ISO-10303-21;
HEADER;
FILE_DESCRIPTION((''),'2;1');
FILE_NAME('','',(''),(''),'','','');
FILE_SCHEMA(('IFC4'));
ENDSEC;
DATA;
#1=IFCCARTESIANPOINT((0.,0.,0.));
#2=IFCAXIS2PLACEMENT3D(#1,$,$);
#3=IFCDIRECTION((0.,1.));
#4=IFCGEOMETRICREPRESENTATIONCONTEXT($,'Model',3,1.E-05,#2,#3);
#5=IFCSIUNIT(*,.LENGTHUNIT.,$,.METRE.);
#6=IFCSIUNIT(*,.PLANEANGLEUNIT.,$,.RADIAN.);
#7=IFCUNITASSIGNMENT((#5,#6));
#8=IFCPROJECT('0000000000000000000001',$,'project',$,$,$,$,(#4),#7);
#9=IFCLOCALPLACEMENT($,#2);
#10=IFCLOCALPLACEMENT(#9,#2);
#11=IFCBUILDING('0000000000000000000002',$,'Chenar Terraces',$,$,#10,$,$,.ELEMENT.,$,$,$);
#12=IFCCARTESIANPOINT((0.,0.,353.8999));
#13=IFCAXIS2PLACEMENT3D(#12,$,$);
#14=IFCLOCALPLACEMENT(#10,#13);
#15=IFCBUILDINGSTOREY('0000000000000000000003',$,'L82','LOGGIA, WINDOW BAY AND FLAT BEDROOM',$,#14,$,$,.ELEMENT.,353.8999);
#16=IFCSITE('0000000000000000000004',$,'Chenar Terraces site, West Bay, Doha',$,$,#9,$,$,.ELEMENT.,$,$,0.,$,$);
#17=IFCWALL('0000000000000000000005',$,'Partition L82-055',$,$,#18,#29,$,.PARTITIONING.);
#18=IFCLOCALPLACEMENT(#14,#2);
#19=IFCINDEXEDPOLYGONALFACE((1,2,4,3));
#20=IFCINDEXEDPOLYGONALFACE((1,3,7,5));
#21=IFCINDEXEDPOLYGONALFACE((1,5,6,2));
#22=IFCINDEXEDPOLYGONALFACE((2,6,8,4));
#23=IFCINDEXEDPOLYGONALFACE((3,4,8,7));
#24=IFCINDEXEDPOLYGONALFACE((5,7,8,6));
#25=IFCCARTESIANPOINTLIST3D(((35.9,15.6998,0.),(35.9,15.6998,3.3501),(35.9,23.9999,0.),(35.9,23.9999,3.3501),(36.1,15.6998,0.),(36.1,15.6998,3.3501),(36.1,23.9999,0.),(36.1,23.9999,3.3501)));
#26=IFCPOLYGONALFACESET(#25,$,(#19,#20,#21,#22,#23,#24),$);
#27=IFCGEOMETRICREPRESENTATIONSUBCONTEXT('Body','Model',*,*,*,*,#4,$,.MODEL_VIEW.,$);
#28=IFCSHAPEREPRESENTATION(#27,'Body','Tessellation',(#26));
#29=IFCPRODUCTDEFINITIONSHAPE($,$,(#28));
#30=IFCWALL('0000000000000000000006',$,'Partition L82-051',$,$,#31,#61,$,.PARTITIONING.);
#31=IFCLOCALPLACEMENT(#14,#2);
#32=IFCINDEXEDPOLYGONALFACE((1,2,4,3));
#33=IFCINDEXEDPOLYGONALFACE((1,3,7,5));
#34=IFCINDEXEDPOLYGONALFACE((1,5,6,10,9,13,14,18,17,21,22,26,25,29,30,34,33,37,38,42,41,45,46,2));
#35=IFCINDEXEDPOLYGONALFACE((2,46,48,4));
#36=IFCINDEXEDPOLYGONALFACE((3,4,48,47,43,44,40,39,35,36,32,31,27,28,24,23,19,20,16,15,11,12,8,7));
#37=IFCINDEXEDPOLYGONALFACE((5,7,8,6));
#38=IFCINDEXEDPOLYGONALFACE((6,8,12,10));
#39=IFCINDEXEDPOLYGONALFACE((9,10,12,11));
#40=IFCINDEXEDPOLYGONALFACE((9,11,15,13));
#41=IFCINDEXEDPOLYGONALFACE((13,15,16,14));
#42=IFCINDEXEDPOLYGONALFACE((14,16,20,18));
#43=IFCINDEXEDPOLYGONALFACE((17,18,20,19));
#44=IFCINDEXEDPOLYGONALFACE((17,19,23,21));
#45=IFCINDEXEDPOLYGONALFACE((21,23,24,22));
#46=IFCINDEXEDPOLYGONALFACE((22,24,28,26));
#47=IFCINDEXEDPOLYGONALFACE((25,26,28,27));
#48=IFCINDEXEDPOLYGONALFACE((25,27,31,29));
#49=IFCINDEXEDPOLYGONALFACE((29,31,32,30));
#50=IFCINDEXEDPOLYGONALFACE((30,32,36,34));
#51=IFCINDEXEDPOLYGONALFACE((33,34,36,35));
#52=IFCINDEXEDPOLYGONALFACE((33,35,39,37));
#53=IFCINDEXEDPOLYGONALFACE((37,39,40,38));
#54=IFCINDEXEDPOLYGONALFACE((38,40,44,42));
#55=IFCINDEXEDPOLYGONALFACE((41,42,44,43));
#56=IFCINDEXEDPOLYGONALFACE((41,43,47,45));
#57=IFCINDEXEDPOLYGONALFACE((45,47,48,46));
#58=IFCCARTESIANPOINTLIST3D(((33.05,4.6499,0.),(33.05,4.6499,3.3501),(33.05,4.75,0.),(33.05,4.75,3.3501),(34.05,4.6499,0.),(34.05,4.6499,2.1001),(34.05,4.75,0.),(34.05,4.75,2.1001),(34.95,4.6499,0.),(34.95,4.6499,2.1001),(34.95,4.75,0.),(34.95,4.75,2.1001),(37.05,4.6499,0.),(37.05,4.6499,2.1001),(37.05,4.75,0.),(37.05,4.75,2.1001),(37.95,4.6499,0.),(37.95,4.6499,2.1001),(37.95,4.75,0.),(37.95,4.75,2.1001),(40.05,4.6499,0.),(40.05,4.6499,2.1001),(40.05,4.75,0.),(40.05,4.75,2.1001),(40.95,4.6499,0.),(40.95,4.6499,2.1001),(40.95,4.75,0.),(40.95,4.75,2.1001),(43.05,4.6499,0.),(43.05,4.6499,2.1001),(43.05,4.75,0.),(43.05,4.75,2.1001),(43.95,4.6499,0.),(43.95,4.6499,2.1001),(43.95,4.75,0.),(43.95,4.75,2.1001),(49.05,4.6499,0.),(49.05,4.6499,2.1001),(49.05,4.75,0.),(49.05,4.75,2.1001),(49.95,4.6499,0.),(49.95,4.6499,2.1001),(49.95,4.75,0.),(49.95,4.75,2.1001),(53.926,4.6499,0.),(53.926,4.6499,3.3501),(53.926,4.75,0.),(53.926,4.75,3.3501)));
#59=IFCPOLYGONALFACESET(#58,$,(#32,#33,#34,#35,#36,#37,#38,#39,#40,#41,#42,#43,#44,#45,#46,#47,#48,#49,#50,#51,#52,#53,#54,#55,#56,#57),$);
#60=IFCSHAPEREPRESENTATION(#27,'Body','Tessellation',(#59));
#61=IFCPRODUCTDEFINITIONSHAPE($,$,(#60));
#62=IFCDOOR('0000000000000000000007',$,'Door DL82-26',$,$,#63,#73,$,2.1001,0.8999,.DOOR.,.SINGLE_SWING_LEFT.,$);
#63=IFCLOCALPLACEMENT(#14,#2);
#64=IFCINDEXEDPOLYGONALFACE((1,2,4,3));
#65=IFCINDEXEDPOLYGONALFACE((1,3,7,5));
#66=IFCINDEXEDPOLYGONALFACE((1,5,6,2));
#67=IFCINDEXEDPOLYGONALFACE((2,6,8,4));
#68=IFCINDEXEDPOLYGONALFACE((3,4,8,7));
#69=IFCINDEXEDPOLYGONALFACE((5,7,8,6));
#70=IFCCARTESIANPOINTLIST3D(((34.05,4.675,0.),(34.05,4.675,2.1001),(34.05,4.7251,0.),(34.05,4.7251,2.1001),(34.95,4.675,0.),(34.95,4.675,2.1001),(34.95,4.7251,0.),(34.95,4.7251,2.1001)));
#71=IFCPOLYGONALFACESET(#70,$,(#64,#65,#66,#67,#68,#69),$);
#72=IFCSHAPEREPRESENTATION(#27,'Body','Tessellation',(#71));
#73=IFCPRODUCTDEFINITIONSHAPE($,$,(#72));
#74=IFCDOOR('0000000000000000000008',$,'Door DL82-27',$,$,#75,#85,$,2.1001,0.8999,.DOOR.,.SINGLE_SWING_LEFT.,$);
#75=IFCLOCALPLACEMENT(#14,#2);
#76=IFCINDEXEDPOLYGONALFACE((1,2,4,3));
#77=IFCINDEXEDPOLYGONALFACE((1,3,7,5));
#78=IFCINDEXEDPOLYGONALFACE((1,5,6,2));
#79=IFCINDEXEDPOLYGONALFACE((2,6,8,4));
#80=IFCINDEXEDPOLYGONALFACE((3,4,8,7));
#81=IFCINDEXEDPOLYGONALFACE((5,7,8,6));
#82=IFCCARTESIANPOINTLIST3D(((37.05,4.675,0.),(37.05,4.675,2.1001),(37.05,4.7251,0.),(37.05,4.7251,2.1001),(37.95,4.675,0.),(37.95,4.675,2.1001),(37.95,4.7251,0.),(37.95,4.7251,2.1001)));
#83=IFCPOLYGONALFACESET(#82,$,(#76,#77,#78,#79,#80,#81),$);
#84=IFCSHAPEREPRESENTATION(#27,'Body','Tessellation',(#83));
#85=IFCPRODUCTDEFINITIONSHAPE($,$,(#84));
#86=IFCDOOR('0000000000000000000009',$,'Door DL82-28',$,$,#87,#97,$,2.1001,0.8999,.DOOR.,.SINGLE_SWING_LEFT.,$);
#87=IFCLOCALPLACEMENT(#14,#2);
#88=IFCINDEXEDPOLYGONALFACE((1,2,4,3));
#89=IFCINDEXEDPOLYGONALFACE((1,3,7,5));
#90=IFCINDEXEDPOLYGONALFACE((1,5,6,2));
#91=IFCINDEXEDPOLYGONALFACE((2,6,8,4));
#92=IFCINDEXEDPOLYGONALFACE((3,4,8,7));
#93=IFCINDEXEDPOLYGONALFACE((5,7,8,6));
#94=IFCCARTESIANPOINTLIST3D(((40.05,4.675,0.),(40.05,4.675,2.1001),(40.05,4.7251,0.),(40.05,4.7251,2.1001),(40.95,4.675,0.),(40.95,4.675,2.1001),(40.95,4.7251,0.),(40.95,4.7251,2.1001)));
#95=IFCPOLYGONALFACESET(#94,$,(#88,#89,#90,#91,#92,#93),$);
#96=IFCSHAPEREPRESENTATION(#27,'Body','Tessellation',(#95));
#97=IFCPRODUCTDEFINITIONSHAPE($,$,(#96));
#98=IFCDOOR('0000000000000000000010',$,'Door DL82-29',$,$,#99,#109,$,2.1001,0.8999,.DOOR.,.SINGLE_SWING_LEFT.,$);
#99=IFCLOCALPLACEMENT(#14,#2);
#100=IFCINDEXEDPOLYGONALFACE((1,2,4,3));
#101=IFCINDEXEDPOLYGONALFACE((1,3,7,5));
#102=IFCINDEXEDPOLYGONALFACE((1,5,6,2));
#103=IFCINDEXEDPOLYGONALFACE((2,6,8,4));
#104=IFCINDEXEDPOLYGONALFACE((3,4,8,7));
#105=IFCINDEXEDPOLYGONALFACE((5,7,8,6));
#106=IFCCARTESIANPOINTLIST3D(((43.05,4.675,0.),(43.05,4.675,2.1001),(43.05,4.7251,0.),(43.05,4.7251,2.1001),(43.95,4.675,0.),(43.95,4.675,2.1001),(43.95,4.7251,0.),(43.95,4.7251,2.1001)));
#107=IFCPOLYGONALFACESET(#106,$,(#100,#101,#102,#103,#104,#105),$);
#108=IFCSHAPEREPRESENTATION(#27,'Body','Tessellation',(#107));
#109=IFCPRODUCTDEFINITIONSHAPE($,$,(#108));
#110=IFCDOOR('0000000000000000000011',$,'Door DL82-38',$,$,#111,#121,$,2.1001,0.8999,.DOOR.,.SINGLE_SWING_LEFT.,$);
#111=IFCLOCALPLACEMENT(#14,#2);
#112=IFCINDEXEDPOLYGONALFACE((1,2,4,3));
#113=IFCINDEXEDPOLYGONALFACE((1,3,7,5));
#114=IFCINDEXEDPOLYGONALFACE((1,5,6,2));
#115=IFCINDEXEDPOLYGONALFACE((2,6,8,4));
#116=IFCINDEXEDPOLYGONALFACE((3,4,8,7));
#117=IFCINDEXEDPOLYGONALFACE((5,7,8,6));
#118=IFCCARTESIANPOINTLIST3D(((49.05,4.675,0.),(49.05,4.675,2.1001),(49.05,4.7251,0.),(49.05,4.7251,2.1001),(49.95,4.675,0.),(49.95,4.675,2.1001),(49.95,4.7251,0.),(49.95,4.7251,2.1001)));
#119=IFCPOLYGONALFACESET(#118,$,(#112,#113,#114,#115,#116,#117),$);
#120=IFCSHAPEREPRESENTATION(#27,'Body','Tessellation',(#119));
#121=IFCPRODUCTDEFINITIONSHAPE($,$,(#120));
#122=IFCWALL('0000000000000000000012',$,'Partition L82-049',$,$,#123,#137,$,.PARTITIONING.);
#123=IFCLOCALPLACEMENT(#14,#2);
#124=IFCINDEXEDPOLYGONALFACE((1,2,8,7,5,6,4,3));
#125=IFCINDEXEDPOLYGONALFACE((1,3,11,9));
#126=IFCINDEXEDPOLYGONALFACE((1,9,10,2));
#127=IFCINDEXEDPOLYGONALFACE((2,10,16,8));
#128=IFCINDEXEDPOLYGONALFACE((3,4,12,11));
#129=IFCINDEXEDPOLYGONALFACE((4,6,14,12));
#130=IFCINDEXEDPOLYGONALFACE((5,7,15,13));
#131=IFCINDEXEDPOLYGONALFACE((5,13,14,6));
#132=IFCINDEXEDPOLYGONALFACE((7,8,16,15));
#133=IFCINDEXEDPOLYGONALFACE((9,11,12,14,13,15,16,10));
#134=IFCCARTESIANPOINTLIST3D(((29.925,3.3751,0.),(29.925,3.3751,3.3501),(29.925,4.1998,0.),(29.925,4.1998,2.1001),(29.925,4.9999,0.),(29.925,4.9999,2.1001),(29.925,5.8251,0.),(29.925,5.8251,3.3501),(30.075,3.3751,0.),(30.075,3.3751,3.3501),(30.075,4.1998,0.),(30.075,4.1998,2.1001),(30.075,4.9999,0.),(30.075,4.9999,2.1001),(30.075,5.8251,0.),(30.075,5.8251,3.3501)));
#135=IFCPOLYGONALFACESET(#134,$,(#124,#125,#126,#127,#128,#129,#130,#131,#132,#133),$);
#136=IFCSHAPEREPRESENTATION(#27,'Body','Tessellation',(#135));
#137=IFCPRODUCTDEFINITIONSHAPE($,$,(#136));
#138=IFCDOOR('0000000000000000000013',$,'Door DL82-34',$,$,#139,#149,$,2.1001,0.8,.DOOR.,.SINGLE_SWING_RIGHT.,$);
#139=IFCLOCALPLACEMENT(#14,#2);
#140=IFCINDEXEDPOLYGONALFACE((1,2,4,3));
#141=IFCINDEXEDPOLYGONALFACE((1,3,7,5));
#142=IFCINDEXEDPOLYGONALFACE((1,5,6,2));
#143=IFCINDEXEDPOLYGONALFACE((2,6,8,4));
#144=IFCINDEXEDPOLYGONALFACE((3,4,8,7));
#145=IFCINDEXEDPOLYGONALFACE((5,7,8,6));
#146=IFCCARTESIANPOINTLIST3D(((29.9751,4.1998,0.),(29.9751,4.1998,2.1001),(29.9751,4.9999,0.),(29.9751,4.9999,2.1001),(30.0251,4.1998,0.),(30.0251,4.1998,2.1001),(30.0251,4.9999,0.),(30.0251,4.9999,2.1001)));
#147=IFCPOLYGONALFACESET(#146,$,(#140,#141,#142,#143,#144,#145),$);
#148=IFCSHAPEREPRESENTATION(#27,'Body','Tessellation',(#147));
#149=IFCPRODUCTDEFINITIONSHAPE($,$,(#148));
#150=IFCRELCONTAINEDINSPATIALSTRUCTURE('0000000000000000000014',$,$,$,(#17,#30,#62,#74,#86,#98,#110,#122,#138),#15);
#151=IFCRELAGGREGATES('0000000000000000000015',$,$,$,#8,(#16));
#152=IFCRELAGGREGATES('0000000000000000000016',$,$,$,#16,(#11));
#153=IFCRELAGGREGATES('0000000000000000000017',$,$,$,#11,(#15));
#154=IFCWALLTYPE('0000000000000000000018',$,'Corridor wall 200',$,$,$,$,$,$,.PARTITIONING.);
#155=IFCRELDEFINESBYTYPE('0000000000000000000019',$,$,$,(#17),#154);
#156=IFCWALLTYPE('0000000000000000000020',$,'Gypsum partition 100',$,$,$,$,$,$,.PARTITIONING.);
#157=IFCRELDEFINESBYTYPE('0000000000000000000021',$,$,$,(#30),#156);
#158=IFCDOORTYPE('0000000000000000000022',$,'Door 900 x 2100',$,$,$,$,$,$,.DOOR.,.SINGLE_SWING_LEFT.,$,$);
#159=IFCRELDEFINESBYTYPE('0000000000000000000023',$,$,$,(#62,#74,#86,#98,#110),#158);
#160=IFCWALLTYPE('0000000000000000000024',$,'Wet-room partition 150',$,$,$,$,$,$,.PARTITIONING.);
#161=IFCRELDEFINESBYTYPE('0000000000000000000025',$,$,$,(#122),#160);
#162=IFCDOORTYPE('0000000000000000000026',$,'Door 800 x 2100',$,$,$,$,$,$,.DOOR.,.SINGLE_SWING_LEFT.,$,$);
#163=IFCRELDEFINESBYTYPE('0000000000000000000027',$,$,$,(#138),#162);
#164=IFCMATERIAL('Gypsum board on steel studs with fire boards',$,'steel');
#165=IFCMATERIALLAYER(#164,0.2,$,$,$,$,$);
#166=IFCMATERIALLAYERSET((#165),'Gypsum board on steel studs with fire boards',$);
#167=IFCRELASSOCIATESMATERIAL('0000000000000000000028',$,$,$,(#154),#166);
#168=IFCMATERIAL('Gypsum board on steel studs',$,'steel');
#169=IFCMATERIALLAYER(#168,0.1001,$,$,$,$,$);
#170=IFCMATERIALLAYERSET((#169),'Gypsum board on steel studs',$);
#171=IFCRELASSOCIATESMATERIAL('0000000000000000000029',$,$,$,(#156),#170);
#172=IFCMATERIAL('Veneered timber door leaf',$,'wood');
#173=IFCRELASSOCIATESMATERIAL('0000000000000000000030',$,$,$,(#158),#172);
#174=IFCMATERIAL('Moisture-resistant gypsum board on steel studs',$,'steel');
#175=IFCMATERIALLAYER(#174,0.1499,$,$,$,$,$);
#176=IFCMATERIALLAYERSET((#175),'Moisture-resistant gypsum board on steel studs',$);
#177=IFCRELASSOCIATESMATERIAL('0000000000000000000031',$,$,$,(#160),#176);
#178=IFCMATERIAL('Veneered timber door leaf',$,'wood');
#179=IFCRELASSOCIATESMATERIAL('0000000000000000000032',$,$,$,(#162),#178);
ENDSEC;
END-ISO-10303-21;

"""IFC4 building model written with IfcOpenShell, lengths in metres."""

from ifc_helpers import new_model, si_unit, direction, frame, frame_2d, origin, place, context, subcontext, project, spatial, rectangle, extrude, material, layer, layer_set, type_object, element, fill, save


model = new_model("IFC4")

# Units and contexts
model_context = context("Model", 3, precision=1e-05, world=origin(), true_north=direction((0.0, 1.0)))
body_context = subcontext(model_context, "Body", "Model", "MODEL_VIEW")
ifc_project = project(units=[si_unit("LENGTHUNIT", "METRE"), si_unit("PLANEANGLEUNIT", "RADIAN")], contexts=[model_context])

# Site, building, storey
site_placement = place(None, origin())
site = spatial("IfcSite", under=ifc_project, at=site_placement, Name="Chenar Terraces site, West Bay, Doha", CompositionType="ELEMENT", RefElevation=0.0)
building_placement = place(site_placement, origin())
building = spatial("IfcBuilding", under=site, at=building_placement, Name="Chenar Terraces", CompositionType="ELEMENT")
storey_placement = place(building_placement, frame((0.0, 0.0, 353.8999)))
storey = spatial("IfcBuildingStorey", under=building, at=storey_placement, Name="L82", Description="LOGGIA, WINDOW BAY AND FLAT BEDROOM", CompositionType="ELEMENT", Elevation=353.8999)

# Shared definitions
ifc_material_1 = material(Name="Gypsum board on steel studs with fire boards", Category="steel")
ifc_layer_1 = layer(ifc_material_1, 0.2)
ifc_layer_set_1 = layer_set([ifc_layer_1], Name="Gypsum board on steel studs with fire boards")
wall_type_1 = type_object("IfcWallType", Name="Corridor wall 200", PredefinedType="PARTITIONING", material=ifc_layer_set_1)

# Wall
wall_1_placement = place(storey_placement, frame((36.0, 15.7, 0.0), z_axis=(0.0, 0.0, 1.0), x_axis=(0.0, 1.0, 0.0)))
element("IfcWall", 1, at=wall_1_placement, inside=storey, type_object=wall_type_1, Name="Partition L82-055", PredefinedType="PARTITIONING", context=body_context, shape_type="SweptSolid", body=[
    extrude(rectangle(XDim=8.3, YDim=0.2, at=frame_2d((4.1499, 0.0))), origin(), (0.0, 0.0, 1.0), 3.3501),
])

# Wall, openings, doors
ifc_material_2 = material(Name="Gypsum board on steel studs", Category="steel")
ifc_layer_2 = layer(ifc_material_2, 0.1001)
ifc_layer_set_2 = layer_set([ifc_layer_2], Name="Gypsum board on steel studs")
wall_type_2 = type_object("IfcWallType", Name="Gypsum partition 100", PredefinedType="PARTITIONING", material=ifc_layer_set_2)
wall_2_placement = place(storey_placement, frame((33.05, 4.7, 0.0), z_axis=(0.0, 0.0, 1.0), x_axis=(1.0, 0.0, 0.0)))
wall_2 = element("IfcWall", 2, at=wall_2_placement, inside=storey, type_object=wall_type_2, Name="Partition L82-051", PredefinedType="PARTITIONING", context=body_context, shape_type="SweptSolid", body=[
    extrude(rectangle(XDim=20.876, YDim=0.1001, at=frame_2d((10.438, 0.0))), origin(), (0.0, 0.0, 1.0), 3.3501),
])
opening_1_placement = place(wall_2_placement, frame((1.0, 0.0, 0.0)))
opening_1 = element("IfcOpeningElement", 3, at=opening_1_placement, cuts=wall_2, PredefinedType="OPENING", context=body_context, shape_type="SweptSolid", body=[
    extrude(rectangle(XDim=0.8999, YDim=2.1001, at=frame_2d((0.45, 1.05))), frame((0.0, 0.0601, 0.0), z_axis=(0.0, -1.0, 0.0), x_axis=(1.0, 0.0, 0.0)), (0.0, 0.0, 1.0), 0.1201),
])
opening_2_placement = place(wall_2_placement, frame((4.0, 0.0, 0.0)))
opening_2 = element("IfcOpeningElement", 4, at=opening_2_placement, cuts=wall_2, PredefinedType="OPENING", context=body_context, shape_type="SweptSolid", body=[
    extrude(rectangle(XDim=0.8999, YDim=2.1001, at=frame_2d((0.45, 1.05))), frame((0.0, 0.0601, 0.0), z_axis=(0.0, -1.0, 0.0), x_axis=(1.0, 0.0, 0.0)), (0.0, 0.0, 1.0), 0.1201),
])
opening_3_placement = place(wall_2_placement, frame((7.0, 0.0, 0.0)))
opening_3 = element("IfcOpeningElement", 5, at=opening_3_placement, cuts=wall_2, PredefinedType="OPENING", context=body_context, shape_type="SweptSolid", body=[
    extrude(rectangle(XDim=0.8999, YDim=2.1001, at=frame_2d((0.45, 1.05))), frame((0.0, 0.0601, 0.0), z_axis=(0.0, -1.0, 0.0), x_axis=(1.0, 0.0, 0.0)), (0.0, 0.0, 1.0), 0.1201),
])
opening_4_placement = place(wall_2_placement, frame((10.0, 0.0, 0.0)))
opening_4 = element("IfcOpeningElement", 6, at=opening_4_placement, cuts=wall_2, PredefinedType="OPENING", context=body_context, shape_type="SweptSolid", body=[
    extrude(rectangle(XDim=0.8999, YDim=2.1001, at=frame_2d((0.45, 1.05))), frame((0.0, 0.0601, 0.0), z_axis=(0.0, -1.0, 0.0), x_axis=(1.0, 0.0, 0.0)), (0.0, 0.0, 1.0), 0.1201),
])
opening_5_placement = place(wall_2_placement, frame((16.0, 0.0, 0.0)))
opening_5 = element("IfcOpeningElement", 7, at=opening_5_placement, cuts=wall_2, PredefinedType="OPENING", context=body_context, shape_type="SweptSolid", body=[
    extrude(rectangle(XDim=0.8999, YDim=2.1001, at=frame_2d((0.45, 1.05))), frame((0.0, 0.0601, 0.0), z_axis=(0.0, -1.0, 0.0), x_axis=(1.0, 0.0, 0.0)), (0.0, 0.0, 1.0), 0.1201),
])
ifc_material_3 = material(Name="Veneered timber door leaf", Category="wood")
door_type_1 = type_object("IfcDoorType", Name="Door 900 x 2100", OperationType="SINGLE_SWING_LEFT", PredefinedType="DOOR", material=ifc_material_3)
door_1_placement = place(opening_1_placement, frame((0.8999, 0.0, 0.0), z_axis=(0.0, 0.0, 1.0), x_axis=(-1.0, 0.0, 0.0)))
door_1 = element("IfcDoor", 8, at=door_1_placement, inside=storey, type_object=door_type_1, Name="Door DL82-26", OperationType="SINGLE_SWING_LEFT", OverallHeight=2.1001, OverallWidth=0.8999, PredefinedType="DOOR", context=body_context, shape_type="SweptSolid", body=[
    extrude(rectangle(XDim=0.8999, YDim=2.1001, at=frame_2d((0.45, 1.05))), frame((0.0, 0.0249, 0.0), z_axis=(0.0, -1.0, 0.0), x_axis=(1.0, 0.0, 0.0)), (0.0, 0.0, 1.0), 0.05),
])
fill(opening_1, door_1)
door_2_placement = place(opening_2_placement, frame((0.8999, 0.0, 0.0), z_axis=(0.0, 0.0, 1.0), x_axis=(-1.0, 0.0, 0.0)))
door_2 = element("IfcDoor", 9, at=door_2_placement, inside=storey, type_object=door_type_1, Name="Door DL82-27", OperationType="SINGLE_SWING_LEFT", OverallHeight=2.1001, OverallWidth=0.8999, PredefinedType="DOOR", context=body_context, shape_type="SweptSolid", body=[
    extrude(rectangle(XDim=0.8999, YDim=2.1001, at=frame_2d((0.45, 1.05))), frame((0.0, 0.0249, 0.0), z_axis=(0.0, -1.0, 0.0), x_axis=(1.0, 0.0, 0.0)), (0.0, 0.0, 1.0), 0.05),
])
fill(opening_2, door_2)
door_3_placement = place(opening_3_placement, frame((0.8999, 0.0, 0.0), z_axis=(0.0, 0.0, 1.0), x_axis=(-1.0, 0.0, 0.0)))
door_3 = element("IfcDoor", 10, at=door_3_placement, inside=storey, type_object=door_type_1, Name="Door DL82-28", OperationType="SINGLE_SWING_LEFT", OverallHeight=2.1001, OverallWidth=0.8999, PredefinedType="DOOR", context=body_context, shape_type="SweptSolid", body=[
    extrude(rectangle(XDim=0.8999, YDim=2.1001, at=frame_2d((0.45, 1.05))), frame((0.0, 0.0249, 0.0), z_axis=(0.0, -1.0, 0.0), x_axis=(1.0, 0.0, 0.0)), (0.0, 0.0, 1.0), 0.05),
])
fill(opening_3, door_3)
door_4_placement = place(opening_4_placement, frame((0.8999, 0.0, 0.0), z_axis=(0.0, 0.0, 1.0), x_axis=(-1.0, 0.0, 0.0)))
door_4 = element("IfcDoor", 11, at=door_4_placement, inside=storey, type_object=door_type_1, Name="Door DL82-29", OperationType="SINGLE_SWING_LEFT", OverallHeight=2.1001, OverallWidth=0.8999, PredefinedType="DOOR", context=body_context, shape_type="SweptSolid", body=[
    extrude(rectangle(XDim=0.8999, YDim=2.1001, at=frame_2d((0.45, 1.05))), frame((0.0, 0.0249, 0.0), z_axis=(0.0, -1.0, 0.0), x_axis=(1.0, 0.0, 0.0)), (0.0, 0.0, 1.0), 0.05),
])
fill(opening_4, door_4)
door_5_placement = place(opening_5_placement, frame((0.8999, 0.0, 0.0), z_axis=(0.0, 0.0, 1.0), x_axis=(-1.0, 0.0, 0.0)))
door_5 = element("IfcDoor", 12, at=door_5_placement, inside=storey, type_object=door_type_1, Name="Door DL82-38", OperationType="SINGLE_SWING_LEFT", OverallHeight=2.1001, OverallWidth=0.8999, PredefinedType="DOOR", context=body_context, shape_type="SweptSolid", body=[
    extrude(rectangle(XDim=0.8999, YDim=2.1001, at=frame_2d((0.45, 1.05))), frame((0.0, 0.0249, 0.0), z_axis=(0.0, -1.0, 0.0), x_axis=(1.0, 0.0, 0.0)), (0.0, 0.0, 1.0), 0.05),
])
fill(opening_5, door_5)

# Wall, opening, door
ifc_material_4 = material(Name="Moisture-resistant gypsum board on steel studs", Category="steel")
ifc_layer_3 = layer(ifc_material_4, 0.1499)
ifc_layer_set_3 = layer_set([ifc_layer_3], Name="Moisture-resistant gypsum board on steel studs")
wall_type_3 = type_object("IfcWallType", Name="Wet-room partition 150", PredefinedType="PARTITIONING", material=ifc_layer_set_3)
wall_3_placement = place(storey_placement, frame((30.0, 3.375, 0.0), z_axis=(0.0, 0.0, 1.0), x_axis=(0.0, 1.0, 0.0)))
wall_3 = element("IfcWall", 13, at=wall_3_placement, inside=storey, type_object=wall_type_3, Name="Partition L82-049", PredefinedType="PARTITIONING", context=body_context, shape_type="SweptSolid", body=[
    extrude(rectangle(XDim=2.45, YDim=0.1499, at=frame_2d((1.2251, 0.0))), origin(), (0.0, 0.0, 1.0), 3.3501),
])
opening_6_placement = place(wall_3_placement, frame((0.825, 0.0, 0.0)))
opening_6 = element("IfcOpeningElement", 14, at=opening_6_placement, cuts=wall_3, PredefinedType="OPENING", context=body_context, shape_type="SweptSolid", body=[
    extrude(rectangle(XDim=0.8, YDim=2.1001, at=frame_2d((0.3999, 1.05))), frame((0.0, 0.085, 0.0), z_axis=(0.0, -1.0, 0.0), x_axis=(1.0, 0.0, 0.0)), (0.0, 0.0, 1.0), 0.1699),
])
ifc_material_5 = material(Name="Veneered timber door leaf", Category="wood")
door_type_2 = type_object("IfcDoorType", Name="Door 800 x 2100", OperationType="SINGLE_SWING_LEFT", PredefinedType="DOOR", material=ifc_material_5)
door_6_placement = place(opening_6_placement, origin())
door_6 = element("IfcDoor", 15, at=door_6_placement, inside=storey, type_object=door_type_2, Name="Door DL82-34", OperationType="SINGLE_SWING_RIGHT", OverallHeight=2.1001, OverallWidth=0.8, PredefinedType="DOOR", context=body_context, shape_type="SweptSolid", body=[
    extrude(rectangle(XDim=0.8, YDim=2.1001, at=frame_2d((0.3999, 1.05))), frame((0.0, 0.0249, 0.0), z_axis=(0.0, -1.0, 0.0), x_axis=(1.0, 0.0, 0.0)), (0.0, 0.0, 1.0), 0.05),
])
fill(opening_6, door_6)

save(model, "model.ifc")
